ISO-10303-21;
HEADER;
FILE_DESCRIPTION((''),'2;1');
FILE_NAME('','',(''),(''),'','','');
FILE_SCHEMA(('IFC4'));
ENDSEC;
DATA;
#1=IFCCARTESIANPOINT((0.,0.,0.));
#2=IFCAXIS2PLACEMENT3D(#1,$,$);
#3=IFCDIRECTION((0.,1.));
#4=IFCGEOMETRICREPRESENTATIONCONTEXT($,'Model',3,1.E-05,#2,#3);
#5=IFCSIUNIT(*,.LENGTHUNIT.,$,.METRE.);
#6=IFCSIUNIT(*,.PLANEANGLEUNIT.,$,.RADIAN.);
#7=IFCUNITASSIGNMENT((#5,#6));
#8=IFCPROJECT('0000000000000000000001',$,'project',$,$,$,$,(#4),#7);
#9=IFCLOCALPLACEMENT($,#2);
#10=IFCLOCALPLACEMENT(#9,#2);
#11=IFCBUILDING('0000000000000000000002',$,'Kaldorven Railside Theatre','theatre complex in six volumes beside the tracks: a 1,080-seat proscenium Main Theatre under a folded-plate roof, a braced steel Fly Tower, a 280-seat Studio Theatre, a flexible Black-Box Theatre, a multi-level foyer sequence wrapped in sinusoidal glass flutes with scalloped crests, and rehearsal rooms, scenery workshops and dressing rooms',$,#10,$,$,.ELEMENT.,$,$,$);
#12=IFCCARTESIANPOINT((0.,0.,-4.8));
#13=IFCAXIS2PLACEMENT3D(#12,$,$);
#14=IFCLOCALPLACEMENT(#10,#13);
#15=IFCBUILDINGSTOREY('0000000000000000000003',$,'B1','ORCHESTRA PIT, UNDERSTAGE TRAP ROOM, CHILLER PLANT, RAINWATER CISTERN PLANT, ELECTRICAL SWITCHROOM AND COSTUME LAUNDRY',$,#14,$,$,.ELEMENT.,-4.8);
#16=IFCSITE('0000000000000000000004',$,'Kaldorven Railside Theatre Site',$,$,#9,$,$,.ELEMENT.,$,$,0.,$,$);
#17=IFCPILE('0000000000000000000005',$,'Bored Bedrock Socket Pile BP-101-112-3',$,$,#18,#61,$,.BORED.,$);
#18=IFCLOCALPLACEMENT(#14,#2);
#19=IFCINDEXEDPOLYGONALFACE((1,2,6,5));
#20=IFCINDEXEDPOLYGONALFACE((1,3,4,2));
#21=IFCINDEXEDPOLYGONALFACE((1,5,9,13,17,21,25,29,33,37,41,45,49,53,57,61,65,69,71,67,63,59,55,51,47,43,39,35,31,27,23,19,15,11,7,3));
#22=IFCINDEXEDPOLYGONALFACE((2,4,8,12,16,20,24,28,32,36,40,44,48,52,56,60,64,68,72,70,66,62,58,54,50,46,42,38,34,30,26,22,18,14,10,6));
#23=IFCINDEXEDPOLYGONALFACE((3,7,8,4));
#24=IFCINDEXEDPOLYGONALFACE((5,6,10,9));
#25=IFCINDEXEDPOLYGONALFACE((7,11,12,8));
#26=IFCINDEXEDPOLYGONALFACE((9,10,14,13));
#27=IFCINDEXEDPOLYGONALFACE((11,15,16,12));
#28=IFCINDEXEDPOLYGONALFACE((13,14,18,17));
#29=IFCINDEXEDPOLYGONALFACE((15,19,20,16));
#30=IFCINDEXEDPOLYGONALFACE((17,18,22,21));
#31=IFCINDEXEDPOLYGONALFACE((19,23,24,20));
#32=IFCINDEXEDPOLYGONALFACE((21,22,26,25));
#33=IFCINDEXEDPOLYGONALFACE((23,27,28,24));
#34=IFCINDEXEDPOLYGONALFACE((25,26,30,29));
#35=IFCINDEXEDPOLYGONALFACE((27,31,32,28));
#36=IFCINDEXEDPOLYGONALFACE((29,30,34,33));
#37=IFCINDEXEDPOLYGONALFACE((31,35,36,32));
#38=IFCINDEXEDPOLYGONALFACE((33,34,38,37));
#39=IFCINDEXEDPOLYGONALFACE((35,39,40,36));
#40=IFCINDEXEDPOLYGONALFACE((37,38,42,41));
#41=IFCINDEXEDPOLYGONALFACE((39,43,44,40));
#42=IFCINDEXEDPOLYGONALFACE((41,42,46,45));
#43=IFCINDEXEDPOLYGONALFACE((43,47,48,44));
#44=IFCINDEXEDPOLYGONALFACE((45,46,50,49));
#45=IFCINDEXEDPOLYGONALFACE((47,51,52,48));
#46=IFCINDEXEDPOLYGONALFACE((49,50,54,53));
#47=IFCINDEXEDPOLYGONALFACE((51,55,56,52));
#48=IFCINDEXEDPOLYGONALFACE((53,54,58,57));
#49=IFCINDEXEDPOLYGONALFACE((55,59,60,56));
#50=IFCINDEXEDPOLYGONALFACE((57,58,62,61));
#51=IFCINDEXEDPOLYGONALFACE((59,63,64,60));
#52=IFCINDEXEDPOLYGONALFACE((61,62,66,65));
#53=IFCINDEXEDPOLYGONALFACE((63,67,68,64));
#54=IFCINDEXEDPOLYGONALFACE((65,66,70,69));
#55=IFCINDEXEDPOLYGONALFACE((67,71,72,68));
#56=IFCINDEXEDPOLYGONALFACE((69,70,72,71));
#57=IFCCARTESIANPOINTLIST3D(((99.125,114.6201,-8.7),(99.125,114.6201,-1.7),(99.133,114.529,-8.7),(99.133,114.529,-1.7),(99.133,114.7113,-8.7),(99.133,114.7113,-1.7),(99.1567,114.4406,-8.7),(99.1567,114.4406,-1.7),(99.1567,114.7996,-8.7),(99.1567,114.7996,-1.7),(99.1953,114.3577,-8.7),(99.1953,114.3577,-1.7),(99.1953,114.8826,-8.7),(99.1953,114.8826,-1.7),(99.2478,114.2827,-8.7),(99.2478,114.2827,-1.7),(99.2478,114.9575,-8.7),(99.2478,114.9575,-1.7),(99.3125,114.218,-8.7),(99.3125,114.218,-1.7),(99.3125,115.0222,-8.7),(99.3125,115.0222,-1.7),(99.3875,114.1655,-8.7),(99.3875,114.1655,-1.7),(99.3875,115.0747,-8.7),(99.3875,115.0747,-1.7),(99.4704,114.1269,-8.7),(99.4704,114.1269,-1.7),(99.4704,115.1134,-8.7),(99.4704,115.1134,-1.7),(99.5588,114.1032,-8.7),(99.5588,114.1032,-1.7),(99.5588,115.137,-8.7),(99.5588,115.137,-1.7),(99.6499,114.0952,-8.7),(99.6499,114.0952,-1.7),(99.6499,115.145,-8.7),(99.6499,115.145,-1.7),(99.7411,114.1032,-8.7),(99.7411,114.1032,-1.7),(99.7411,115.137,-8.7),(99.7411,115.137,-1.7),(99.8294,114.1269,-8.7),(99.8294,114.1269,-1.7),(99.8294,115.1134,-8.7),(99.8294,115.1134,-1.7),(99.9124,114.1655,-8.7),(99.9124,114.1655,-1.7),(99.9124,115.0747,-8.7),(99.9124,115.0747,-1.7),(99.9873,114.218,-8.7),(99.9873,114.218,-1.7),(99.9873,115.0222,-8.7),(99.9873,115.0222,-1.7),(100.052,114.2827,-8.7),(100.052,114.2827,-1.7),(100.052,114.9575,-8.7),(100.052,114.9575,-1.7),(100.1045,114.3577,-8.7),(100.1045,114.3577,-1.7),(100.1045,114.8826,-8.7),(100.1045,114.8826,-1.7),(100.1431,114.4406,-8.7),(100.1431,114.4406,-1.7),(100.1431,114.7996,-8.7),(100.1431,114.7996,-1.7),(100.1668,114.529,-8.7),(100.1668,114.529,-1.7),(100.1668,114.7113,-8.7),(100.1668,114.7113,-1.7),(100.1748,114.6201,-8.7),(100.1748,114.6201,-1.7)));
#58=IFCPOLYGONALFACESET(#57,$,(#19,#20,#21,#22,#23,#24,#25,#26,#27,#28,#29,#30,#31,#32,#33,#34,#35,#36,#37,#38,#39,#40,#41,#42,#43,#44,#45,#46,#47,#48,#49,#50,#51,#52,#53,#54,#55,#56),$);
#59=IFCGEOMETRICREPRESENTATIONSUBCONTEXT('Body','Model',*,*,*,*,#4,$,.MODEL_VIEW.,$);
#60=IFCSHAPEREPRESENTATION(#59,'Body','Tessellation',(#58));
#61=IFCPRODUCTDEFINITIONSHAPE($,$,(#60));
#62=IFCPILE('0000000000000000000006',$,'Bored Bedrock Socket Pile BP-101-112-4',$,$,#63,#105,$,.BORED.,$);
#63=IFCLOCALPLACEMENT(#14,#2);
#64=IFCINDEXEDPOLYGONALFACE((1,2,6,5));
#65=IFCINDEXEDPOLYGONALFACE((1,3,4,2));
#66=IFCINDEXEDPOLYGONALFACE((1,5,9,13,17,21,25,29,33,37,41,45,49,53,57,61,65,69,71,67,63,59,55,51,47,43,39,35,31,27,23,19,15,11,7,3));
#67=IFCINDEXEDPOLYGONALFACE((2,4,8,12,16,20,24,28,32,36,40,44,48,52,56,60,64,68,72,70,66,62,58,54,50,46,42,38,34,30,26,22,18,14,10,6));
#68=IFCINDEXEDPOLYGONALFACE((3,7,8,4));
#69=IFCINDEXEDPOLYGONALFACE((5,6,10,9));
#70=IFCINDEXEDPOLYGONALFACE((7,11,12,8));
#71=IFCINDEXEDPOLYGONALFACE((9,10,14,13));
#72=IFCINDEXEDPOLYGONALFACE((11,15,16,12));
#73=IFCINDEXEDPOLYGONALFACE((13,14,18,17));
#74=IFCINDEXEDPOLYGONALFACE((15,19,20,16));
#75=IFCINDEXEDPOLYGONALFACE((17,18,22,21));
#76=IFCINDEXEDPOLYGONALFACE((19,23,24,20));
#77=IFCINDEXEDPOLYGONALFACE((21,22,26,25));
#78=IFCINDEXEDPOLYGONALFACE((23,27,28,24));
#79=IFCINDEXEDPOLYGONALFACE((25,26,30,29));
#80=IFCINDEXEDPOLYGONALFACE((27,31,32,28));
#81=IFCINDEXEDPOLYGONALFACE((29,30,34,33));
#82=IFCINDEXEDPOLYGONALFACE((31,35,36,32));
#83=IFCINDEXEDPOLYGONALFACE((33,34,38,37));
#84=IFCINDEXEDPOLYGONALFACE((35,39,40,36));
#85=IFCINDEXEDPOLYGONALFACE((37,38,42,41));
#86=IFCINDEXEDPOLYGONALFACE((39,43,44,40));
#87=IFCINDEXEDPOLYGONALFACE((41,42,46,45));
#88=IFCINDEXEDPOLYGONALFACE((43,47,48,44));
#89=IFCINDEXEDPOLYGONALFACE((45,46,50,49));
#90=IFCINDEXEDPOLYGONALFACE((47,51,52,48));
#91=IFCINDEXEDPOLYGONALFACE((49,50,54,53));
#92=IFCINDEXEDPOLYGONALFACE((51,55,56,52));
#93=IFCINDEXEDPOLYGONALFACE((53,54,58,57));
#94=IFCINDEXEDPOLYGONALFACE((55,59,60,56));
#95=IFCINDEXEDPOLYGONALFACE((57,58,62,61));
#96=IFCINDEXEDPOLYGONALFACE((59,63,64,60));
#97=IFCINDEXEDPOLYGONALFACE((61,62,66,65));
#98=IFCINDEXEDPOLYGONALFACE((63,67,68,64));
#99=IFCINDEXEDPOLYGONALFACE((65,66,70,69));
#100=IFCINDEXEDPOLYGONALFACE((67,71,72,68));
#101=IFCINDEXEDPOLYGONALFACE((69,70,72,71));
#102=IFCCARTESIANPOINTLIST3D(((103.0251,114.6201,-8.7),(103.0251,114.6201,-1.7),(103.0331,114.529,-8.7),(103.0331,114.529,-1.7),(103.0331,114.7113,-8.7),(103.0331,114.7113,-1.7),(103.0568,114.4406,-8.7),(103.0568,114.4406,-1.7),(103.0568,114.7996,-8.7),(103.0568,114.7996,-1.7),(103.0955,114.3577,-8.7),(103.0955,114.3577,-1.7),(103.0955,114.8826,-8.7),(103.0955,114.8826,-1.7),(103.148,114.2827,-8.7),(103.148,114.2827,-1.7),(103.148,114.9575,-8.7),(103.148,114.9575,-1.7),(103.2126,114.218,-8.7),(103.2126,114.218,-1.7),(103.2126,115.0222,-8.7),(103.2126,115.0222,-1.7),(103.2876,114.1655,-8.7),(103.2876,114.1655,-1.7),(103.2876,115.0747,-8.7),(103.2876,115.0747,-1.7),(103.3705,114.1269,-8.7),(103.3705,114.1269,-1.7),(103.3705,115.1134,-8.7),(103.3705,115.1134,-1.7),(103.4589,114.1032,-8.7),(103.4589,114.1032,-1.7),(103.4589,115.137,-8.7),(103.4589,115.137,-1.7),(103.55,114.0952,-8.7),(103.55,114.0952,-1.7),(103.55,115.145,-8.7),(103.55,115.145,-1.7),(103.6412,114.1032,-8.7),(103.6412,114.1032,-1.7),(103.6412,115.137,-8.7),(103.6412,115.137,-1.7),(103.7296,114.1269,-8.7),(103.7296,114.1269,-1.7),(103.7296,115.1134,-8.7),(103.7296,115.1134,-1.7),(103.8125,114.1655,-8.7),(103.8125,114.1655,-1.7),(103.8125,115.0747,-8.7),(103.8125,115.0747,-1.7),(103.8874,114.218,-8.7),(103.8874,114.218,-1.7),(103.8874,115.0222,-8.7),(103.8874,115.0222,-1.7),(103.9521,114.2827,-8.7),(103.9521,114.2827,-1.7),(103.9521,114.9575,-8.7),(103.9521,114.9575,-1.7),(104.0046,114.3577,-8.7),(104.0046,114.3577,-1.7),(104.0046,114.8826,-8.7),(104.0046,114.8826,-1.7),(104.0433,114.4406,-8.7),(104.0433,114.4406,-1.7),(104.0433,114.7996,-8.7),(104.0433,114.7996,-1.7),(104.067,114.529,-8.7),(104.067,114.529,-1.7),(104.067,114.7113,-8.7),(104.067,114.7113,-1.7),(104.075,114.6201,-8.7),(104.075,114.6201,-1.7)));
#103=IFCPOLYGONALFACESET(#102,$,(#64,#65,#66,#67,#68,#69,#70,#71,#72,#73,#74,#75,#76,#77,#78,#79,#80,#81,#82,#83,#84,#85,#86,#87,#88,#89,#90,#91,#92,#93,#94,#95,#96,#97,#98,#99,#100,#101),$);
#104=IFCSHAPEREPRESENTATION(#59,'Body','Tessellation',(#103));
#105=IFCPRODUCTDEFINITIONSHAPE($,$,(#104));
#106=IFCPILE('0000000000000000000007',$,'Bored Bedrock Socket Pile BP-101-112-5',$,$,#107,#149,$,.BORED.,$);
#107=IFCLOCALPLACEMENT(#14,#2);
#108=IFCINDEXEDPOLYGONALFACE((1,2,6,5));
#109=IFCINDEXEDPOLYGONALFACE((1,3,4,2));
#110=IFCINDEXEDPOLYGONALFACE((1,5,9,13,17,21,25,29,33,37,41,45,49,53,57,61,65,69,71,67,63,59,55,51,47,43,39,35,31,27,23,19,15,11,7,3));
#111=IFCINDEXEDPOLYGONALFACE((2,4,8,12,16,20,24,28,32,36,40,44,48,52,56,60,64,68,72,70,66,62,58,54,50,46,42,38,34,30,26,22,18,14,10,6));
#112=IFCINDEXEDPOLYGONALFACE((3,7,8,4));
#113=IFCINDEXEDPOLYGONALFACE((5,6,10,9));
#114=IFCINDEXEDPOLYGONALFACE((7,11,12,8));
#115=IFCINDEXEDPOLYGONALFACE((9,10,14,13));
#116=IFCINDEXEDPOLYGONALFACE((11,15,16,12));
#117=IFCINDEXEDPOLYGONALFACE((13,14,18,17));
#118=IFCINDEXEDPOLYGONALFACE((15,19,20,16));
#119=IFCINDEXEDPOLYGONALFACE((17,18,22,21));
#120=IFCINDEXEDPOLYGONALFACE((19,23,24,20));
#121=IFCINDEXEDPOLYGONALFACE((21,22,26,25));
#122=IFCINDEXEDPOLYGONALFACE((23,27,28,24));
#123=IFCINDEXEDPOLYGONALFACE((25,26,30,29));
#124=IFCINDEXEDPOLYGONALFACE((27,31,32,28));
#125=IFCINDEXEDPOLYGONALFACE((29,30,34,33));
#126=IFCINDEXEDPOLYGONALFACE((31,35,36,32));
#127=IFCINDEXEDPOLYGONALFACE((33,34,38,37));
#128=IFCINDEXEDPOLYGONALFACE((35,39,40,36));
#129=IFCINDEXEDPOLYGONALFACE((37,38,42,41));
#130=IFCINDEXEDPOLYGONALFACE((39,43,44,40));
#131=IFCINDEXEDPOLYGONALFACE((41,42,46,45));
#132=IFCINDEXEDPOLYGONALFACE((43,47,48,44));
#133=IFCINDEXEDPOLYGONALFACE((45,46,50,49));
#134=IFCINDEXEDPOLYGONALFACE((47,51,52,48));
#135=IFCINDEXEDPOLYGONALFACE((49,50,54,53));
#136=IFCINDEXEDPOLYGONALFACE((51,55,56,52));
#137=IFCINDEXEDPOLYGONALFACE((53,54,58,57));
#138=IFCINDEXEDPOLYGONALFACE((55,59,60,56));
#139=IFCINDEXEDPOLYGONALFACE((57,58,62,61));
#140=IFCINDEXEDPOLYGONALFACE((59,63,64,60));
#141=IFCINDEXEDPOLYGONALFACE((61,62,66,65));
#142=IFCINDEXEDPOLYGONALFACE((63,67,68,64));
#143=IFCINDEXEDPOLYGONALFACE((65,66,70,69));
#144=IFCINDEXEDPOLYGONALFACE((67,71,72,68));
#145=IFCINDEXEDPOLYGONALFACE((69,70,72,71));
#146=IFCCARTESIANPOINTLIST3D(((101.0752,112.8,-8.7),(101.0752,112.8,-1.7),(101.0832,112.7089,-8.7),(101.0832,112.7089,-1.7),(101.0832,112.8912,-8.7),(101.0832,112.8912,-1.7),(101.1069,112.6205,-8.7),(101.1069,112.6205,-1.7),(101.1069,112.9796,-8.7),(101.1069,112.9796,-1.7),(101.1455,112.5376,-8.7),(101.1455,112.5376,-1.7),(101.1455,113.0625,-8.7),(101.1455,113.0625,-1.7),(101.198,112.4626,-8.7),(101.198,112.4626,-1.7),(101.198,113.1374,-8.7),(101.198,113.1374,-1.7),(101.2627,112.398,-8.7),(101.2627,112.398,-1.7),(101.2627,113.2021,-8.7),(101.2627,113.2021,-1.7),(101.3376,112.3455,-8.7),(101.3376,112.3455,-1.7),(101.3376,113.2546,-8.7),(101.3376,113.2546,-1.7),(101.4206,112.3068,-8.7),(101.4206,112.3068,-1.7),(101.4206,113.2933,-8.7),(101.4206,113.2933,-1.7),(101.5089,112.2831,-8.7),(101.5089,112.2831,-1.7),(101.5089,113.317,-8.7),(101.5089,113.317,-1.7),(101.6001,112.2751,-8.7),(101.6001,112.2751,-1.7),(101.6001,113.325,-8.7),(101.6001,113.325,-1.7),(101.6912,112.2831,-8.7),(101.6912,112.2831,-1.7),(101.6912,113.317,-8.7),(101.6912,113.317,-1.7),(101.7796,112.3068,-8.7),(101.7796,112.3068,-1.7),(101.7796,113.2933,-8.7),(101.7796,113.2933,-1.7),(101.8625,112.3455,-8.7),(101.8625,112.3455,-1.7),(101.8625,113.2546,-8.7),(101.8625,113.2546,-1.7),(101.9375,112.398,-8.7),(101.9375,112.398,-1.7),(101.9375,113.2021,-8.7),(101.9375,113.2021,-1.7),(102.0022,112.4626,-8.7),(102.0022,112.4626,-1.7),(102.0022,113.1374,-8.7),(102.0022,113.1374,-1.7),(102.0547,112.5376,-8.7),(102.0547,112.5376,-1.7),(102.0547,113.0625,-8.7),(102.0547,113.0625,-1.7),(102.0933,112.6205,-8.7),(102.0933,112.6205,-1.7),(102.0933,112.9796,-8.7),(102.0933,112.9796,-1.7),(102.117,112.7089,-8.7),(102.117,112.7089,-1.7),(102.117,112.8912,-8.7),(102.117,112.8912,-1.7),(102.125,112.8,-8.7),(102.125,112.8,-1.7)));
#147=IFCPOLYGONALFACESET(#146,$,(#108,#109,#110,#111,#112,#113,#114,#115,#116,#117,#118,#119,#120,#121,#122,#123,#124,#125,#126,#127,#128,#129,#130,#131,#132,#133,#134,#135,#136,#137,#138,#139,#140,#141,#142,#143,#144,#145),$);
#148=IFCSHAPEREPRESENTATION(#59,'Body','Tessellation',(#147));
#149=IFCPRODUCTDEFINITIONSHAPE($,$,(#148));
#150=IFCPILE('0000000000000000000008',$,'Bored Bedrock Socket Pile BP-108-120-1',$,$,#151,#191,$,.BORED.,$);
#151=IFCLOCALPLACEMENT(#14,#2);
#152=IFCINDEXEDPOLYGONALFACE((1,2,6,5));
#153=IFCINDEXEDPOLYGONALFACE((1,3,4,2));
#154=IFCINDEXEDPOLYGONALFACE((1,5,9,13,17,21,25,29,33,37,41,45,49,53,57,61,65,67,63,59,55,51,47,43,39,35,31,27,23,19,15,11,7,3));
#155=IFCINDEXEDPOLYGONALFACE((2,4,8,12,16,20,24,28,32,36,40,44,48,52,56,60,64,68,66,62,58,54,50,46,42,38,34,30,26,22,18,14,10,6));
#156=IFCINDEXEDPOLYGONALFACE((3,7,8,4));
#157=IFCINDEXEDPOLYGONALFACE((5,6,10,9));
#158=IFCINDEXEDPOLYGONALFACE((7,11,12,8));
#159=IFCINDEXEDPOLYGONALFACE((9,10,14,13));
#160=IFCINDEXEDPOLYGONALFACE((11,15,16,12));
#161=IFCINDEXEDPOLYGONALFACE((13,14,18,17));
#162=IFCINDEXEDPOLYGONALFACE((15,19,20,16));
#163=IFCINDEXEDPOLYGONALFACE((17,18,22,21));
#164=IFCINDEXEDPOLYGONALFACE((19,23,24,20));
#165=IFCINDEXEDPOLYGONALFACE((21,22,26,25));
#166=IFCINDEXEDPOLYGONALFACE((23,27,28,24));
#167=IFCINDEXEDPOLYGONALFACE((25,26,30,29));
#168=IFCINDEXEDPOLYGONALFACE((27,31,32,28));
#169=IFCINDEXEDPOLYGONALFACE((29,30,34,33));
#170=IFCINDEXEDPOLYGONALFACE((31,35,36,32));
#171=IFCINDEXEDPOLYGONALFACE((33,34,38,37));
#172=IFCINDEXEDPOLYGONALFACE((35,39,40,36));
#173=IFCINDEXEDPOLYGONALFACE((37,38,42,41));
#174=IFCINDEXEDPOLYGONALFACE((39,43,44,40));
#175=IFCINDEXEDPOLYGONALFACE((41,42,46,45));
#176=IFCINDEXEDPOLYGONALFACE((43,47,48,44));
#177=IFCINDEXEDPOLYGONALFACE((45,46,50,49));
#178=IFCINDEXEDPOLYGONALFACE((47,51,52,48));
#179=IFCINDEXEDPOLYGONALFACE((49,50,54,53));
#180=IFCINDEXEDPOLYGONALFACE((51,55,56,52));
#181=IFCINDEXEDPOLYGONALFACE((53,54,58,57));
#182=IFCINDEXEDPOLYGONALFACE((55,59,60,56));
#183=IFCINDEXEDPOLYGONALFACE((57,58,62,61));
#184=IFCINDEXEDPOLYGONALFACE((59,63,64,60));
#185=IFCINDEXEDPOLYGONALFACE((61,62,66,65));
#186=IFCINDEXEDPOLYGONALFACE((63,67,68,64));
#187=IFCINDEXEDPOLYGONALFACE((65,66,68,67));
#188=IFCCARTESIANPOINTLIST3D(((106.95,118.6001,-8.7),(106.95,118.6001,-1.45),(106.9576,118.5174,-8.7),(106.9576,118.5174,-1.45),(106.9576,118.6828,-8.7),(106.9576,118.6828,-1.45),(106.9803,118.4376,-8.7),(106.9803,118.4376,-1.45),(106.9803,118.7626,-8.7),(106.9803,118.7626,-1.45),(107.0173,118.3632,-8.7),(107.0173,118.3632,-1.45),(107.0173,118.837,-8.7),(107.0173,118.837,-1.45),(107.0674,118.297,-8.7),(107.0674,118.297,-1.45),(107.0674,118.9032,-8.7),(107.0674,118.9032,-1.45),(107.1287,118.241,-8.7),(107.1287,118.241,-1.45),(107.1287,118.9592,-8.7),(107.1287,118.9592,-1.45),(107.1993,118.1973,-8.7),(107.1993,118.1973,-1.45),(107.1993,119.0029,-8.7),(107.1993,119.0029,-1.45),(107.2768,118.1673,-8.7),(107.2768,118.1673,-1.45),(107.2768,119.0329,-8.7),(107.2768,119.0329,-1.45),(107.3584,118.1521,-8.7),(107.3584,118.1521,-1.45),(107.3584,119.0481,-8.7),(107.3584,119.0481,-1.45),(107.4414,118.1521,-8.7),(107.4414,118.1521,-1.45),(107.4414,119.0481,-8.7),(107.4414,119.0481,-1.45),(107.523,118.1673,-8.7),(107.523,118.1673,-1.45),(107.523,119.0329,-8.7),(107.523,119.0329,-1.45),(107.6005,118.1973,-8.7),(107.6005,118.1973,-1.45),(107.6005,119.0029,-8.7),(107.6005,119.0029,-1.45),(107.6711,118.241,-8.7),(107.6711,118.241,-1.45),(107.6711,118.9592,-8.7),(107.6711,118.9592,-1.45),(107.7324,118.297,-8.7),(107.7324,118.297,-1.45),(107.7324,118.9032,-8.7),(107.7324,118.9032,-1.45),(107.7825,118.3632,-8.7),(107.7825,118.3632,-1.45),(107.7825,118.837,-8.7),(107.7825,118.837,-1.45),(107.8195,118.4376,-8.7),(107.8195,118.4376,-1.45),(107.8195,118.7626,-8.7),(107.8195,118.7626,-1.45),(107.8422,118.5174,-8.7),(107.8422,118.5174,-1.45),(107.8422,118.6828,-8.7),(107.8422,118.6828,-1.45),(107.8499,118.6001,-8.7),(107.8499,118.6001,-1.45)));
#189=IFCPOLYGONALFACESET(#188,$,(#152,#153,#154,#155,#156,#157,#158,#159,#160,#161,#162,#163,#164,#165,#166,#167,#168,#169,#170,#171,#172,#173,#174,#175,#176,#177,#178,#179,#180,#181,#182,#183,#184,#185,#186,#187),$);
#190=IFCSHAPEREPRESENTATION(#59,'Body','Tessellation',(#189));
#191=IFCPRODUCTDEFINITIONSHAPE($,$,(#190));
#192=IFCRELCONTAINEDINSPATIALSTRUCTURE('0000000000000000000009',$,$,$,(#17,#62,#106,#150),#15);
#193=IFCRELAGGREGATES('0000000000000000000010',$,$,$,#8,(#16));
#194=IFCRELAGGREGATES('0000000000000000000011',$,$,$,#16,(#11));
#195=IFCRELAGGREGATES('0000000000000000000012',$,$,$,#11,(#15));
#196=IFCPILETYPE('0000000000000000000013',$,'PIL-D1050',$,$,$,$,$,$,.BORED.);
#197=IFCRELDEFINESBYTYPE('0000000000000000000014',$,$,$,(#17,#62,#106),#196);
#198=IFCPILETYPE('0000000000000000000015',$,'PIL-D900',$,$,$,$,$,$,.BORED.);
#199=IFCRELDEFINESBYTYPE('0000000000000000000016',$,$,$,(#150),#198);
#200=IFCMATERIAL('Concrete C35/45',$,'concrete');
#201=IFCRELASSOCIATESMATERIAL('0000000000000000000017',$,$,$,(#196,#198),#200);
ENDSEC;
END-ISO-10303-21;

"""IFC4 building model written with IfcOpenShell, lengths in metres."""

from ifc_helpers import new_model, si_unit, direction, frame, origin, origin_2d, place, context, subcontext, project, spatial, circle, extrude, material, material_profile, profile_set, type_object, element, save


model = new_model("IFC4")

# Units and contexts
model_context = context("Model", 3, precision=1e-05, world=origin(), true_north=direction((0.0, 1.0)))
body_context = subcontext(model_context, "Body", "Model", "MODEL_VIEW")
ifc_project = project(units=[si_unit("LENGTHUNIT", "METRE"), si_unit("PLANEANGLEUNIT", "RADIAN")], contexts=[model_context])

# Site, building, storey
site_placement = place(None, origin())
site = spatial("IfcSite", under=ifc_project, at=site_placement, Name="Kaldorven Railside Theatre Site", CompositionType="ELEMENT", RefElevation=0.0)
building_placement = place(site_placement, origin())
building = spatial("IfcBuilding", under=site, at=building_placement, Name="Kaldorven Railside Theatre", Description="theatre complex in six volumes beside the tracks: a 1,080-seat proscenium Main Theatre under a folded-plate roof, a braced steel Fly Tower, a 280-seat Studio Theatre, a flexible Black-Box Theatre, a multi-level foyer sequence wrapped in sinusoidal glass flutes with scalloped crests, and rehearsal rooms, scenery workshops and dressing rooms", CompositionType="ELEMENT")
storey_placement = place(building_placement, frame((0.0, 0.0, -4.8)))
storey = spatial("IfcBuildingStorey", under=building, at=storey_placement, Name="B1", Description="ORCHESTRA PIT, UNDERSTAGE TRAP ROOM, CHILLER PLANT, RAINWATER CISTERN PLANT, ELECTRICAL SWITCHROOM AND COSTUME LAUNDRY", CompositionType="ELEMENT", Elevation=-4.8)

# Piles
ifc_material_1 = material(Name="Concrete C35/45", Category="concrete")
ifc_material_profile_1 = material_profile(ifc_material_1, circle(Radius=0.5249, at=origin_2d()), Name="BP D1050")
ifc_profile_set_1 = profile_set([ifc_material_profile_1], Name="Concrete C35/45")
pile_type_1 = type_object("IfcPileType", Name="PIL-D1050", PredefinedType="BORED", material=ifc_profile_set_1)
for number, where, z_axis, x_axis, name in (
    (1, (99.6499, 114.6201, -1.7), (0.0, 0.0, -1.0), (1.0, 0.0, 0.0), "Bored Bedrock Socket Pile BP-101-112-3"),
    (2, (103.55, 114.6201, -1.7), (0.0, 0.0, -1.0), (1.0, 0.0, 0.0), "Bored Bedrock Socket Pile BP-101-112-4"),
    (3, (101.6001, 112.8, -1.7), (0.0, 0.0, -1.0), (1.0, 0.0, 0.0), "Bored Bedrock Socket Pile BP-101-112-5"),
):
    element("IfcPile", number, at=place(storey_placement, frame(where, z_axis=z_axis, x_axis=x_axis)), inside=storey, type_object=pile_type_1, Name=name, PredefinedType="BORED", context=body_context, shape_type="SweptSolid", body=[
        extrude(circle(Radius=0.5249, at=origin_2d()), origin(), (0.0, 0.0, 1.0), 7.0),
    ])
ifc_material_profile_2 = material_profile(ifc_material_1, circle(Radius=0.45, at=origin_2d()), Name="BP D900")
ifc_profile_set_2 = profile_set([ifc_material_profile_2], Name="Concrete C35/45")
pile_type_2 = type_object("IfcPileType", Name="PIL-D900", PredefinedType="BORED", material=ifc_profile_set_2)
for number, where, z_axis, x_axis, name in (
    (4, (107.3999, 118.6001, -1.45), (0.0, 0.0, -1.0), (1.0, 0.0, 0.0), "Bored Bedrock Socket Pile BP-108-120-1"),
):
    element("IfcPile", number, at=place(storey_placement, frame(where, z_axis=z_axis, x_axis=x_axis)), inside=storey, type_object=pile_type_2, Name=name, PredefinedType="BORED", context=body_context, shape_type="SweptSolid", body=[
        extrude(circle(Radius=0.45, at=origin_2d()), origin(), (0.0, 0.0, 1.0), 7.25),
    ])

save(model, "model.ifc")
